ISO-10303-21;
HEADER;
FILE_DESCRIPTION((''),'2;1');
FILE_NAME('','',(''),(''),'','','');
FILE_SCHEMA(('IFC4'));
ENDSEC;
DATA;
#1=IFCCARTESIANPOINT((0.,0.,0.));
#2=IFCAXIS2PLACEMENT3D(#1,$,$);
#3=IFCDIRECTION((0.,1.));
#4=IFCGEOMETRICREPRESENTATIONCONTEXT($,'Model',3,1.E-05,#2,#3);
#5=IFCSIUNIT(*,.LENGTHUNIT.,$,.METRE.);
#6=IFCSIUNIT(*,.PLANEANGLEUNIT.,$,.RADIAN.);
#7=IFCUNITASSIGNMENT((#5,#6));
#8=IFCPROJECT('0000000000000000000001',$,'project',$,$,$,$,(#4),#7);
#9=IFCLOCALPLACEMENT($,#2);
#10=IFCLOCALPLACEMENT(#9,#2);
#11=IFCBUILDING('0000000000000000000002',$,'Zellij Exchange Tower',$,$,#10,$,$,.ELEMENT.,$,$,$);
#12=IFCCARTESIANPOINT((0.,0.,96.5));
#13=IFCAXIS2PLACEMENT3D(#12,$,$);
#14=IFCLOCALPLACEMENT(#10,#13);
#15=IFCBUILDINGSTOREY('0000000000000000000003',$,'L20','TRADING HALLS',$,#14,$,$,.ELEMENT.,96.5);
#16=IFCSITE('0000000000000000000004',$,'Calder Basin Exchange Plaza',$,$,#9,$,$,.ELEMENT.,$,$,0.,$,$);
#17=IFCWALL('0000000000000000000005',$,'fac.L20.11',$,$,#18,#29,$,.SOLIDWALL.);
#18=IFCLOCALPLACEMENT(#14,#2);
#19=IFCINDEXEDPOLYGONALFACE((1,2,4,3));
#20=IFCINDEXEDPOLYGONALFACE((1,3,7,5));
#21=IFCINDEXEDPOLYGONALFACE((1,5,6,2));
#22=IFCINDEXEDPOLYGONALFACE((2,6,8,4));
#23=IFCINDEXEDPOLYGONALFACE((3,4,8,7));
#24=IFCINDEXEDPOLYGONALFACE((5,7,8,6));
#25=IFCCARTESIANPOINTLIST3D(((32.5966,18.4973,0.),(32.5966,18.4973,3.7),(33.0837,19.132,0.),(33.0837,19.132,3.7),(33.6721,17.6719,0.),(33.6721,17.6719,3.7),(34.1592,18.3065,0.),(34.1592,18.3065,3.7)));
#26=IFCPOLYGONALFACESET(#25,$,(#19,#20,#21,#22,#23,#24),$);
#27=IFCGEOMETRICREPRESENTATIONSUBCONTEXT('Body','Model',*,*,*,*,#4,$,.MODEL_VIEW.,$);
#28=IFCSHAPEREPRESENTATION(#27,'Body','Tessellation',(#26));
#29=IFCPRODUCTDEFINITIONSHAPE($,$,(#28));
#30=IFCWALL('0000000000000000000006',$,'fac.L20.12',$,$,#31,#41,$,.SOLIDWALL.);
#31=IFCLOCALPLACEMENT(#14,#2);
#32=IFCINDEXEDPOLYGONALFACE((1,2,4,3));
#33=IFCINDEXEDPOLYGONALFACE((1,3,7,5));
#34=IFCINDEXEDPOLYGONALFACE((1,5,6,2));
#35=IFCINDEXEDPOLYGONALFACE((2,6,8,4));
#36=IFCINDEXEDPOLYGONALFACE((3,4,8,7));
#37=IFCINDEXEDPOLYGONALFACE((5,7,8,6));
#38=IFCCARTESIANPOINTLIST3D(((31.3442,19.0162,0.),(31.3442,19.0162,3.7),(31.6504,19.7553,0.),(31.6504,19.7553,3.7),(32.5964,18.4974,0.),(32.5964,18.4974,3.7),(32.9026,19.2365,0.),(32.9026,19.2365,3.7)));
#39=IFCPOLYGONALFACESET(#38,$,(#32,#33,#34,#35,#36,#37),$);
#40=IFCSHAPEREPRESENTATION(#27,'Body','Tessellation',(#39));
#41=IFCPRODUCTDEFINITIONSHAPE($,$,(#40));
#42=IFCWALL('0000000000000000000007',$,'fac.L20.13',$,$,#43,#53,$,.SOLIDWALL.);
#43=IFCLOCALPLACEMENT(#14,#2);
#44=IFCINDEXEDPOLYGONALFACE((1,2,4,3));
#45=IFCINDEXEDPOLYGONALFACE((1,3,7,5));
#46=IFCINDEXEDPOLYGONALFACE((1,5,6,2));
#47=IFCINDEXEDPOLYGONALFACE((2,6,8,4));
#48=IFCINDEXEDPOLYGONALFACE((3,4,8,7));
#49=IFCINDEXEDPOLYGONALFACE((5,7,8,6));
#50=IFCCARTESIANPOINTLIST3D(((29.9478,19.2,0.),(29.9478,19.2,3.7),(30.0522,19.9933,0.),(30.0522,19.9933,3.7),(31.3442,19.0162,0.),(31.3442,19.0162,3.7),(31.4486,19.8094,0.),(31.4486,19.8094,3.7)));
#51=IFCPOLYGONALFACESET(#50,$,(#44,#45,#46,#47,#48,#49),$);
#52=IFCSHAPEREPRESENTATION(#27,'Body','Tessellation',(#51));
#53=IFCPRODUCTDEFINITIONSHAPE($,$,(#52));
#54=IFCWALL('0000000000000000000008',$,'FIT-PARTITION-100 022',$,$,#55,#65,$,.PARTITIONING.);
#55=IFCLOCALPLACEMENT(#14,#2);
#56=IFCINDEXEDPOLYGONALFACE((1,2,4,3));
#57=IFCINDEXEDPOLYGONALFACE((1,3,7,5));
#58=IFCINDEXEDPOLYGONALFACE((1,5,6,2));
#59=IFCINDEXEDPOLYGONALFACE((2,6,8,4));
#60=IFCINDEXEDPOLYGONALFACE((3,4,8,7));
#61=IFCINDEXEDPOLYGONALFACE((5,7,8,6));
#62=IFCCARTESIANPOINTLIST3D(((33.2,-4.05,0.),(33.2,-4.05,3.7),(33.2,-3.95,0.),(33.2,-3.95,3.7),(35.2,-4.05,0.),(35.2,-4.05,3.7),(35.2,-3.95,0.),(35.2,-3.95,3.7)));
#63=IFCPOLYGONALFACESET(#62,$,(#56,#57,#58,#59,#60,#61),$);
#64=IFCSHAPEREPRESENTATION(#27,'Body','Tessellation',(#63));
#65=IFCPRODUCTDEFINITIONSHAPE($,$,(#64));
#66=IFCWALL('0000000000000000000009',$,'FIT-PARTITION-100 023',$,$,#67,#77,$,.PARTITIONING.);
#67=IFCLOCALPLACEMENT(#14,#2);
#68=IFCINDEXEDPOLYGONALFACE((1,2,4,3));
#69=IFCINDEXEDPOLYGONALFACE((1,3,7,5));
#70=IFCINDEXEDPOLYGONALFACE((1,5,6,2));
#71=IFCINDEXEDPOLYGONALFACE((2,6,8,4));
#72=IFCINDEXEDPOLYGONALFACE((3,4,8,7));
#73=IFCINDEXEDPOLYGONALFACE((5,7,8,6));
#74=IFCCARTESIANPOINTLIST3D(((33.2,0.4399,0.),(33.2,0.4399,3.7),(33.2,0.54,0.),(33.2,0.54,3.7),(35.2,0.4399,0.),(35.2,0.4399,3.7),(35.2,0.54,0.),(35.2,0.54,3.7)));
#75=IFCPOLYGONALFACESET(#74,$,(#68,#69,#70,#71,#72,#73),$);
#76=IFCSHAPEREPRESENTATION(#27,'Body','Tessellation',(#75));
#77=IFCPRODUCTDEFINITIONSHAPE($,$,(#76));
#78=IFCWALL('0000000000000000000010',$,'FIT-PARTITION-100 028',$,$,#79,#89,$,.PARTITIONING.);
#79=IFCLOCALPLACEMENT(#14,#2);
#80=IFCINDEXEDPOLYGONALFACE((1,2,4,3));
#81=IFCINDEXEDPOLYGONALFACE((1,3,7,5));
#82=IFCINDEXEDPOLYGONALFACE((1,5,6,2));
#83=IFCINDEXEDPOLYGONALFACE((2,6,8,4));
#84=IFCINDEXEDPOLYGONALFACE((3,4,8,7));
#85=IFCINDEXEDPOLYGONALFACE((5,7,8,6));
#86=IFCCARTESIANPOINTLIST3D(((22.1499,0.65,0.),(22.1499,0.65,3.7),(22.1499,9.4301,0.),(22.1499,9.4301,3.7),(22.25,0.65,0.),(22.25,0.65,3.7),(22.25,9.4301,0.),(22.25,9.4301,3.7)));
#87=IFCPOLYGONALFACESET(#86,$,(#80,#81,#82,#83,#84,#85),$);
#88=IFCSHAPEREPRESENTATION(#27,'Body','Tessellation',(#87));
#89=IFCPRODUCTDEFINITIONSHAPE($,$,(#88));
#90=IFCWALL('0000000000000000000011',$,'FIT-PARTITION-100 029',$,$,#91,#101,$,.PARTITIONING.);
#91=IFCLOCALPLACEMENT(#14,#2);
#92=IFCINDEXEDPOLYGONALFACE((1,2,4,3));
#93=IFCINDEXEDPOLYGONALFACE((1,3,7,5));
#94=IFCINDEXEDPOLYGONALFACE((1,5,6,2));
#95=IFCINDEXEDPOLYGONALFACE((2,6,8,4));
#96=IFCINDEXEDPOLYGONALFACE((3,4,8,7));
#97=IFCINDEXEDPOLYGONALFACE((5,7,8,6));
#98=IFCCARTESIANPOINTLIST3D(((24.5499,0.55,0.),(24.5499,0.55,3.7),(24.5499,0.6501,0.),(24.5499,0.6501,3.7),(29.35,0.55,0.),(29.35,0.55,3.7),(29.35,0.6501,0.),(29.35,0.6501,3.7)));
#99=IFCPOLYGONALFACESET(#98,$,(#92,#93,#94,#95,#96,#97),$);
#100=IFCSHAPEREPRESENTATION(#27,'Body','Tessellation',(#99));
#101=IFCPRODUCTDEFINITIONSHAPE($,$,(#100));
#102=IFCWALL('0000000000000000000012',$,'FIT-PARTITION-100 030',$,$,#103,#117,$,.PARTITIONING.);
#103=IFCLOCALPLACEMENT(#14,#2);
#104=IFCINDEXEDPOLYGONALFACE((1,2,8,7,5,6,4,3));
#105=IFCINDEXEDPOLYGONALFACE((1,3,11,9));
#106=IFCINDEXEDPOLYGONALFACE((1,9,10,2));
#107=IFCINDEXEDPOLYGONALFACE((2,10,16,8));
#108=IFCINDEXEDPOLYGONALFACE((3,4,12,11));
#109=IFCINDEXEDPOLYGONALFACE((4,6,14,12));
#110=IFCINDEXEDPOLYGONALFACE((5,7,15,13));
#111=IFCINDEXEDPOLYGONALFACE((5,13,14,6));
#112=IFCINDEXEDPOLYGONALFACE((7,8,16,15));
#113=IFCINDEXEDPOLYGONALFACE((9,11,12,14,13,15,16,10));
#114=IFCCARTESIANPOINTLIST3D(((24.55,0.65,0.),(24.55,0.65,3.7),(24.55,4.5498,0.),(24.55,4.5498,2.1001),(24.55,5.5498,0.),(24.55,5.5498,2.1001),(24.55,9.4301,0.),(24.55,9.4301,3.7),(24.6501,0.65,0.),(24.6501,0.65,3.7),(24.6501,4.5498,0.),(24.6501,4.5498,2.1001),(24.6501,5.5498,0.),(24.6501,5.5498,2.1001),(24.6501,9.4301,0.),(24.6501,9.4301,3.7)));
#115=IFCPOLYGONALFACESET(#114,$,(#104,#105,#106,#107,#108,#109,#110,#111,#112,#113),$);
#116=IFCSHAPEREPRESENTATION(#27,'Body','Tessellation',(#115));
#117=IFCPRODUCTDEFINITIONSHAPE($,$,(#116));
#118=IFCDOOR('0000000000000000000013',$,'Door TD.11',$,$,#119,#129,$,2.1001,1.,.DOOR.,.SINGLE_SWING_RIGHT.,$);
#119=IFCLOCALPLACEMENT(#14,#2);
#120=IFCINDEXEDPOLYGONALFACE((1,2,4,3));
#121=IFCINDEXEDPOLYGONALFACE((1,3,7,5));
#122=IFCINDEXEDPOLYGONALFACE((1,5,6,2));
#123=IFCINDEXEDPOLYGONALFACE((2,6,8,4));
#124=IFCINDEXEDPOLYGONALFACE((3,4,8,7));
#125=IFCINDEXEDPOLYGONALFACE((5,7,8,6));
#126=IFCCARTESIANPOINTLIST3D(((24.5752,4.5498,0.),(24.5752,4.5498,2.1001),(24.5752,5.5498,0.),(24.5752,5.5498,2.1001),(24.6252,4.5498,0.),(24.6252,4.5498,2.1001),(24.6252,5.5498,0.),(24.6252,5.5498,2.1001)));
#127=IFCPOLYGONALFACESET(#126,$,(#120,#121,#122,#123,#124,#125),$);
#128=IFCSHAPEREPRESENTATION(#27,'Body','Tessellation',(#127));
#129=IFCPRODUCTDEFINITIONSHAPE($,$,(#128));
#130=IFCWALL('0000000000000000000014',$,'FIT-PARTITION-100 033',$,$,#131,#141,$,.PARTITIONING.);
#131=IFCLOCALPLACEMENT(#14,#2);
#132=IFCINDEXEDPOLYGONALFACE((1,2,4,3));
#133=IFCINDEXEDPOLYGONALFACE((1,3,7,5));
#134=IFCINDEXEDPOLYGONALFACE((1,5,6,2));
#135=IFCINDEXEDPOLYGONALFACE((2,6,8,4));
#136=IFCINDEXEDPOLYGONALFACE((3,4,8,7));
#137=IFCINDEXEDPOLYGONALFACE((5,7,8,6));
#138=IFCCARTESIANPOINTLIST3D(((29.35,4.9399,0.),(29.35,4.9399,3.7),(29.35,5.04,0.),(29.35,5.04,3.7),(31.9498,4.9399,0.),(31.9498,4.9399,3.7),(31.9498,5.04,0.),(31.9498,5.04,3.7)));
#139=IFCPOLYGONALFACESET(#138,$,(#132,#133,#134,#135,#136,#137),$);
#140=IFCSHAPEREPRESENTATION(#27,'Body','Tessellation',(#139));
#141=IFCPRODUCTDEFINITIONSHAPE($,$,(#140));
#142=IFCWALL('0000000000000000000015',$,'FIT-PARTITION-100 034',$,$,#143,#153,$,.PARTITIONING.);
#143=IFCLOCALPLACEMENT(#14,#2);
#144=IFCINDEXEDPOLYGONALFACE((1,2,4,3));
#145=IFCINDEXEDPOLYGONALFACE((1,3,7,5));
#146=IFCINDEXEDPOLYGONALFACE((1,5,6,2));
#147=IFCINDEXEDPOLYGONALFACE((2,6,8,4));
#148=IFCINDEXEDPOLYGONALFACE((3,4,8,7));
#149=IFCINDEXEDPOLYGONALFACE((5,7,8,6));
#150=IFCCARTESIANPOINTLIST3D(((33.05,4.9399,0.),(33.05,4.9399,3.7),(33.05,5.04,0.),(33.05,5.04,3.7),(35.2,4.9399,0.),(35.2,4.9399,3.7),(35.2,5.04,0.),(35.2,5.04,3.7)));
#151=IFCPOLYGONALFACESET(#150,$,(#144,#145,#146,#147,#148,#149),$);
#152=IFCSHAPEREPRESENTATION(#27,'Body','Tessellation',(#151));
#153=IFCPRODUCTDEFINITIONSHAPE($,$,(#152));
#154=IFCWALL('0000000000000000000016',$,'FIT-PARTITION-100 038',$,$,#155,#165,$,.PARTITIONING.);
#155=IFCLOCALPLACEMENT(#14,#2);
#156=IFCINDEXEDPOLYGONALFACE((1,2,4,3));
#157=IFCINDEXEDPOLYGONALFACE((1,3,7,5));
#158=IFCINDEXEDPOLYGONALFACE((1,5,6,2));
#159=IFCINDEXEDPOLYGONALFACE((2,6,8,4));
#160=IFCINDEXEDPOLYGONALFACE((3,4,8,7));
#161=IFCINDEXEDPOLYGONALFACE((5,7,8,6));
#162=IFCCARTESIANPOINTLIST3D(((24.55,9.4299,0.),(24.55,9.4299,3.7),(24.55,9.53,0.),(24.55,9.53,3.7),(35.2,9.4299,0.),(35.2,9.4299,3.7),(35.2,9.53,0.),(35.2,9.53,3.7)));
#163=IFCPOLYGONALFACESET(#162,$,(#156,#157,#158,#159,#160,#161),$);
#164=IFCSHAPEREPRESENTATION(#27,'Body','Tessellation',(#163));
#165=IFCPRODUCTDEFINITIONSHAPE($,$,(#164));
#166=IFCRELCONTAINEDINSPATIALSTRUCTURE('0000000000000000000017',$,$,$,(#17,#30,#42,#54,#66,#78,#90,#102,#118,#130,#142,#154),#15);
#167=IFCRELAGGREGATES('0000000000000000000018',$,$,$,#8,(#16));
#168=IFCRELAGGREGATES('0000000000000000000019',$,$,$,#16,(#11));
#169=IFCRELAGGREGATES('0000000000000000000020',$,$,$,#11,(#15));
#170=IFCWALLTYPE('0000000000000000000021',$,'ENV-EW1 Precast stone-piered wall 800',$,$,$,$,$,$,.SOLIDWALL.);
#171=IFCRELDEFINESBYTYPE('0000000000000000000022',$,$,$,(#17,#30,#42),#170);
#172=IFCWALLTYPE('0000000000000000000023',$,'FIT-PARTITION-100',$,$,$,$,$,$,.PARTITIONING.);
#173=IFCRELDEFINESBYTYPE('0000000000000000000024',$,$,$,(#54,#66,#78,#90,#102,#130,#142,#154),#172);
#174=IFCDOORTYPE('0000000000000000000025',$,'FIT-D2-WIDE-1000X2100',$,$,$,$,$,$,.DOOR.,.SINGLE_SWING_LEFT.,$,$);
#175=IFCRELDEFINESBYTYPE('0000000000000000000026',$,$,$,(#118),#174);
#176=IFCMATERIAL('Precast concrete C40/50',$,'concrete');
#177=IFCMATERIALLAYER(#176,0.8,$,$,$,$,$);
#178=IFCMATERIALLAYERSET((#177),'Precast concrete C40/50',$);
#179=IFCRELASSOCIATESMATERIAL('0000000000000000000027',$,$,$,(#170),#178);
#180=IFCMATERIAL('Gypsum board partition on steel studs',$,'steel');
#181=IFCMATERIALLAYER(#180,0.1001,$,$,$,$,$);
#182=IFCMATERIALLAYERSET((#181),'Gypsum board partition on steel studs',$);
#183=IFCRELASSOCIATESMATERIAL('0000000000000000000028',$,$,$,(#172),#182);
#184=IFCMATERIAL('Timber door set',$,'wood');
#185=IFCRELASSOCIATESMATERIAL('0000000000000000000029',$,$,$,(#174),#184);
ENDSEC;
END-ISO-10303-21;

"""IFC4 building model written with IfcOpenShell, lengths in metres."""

from ifc_helpers import new_model, si_unit, direction, frame, frame_2d, origin, place, context, subcontext, project, spatial, rectangle, extrude, material, layer, layer_set, type_object, element, fill, save


model = new_model("IFC4")

# Units and contexts
model_context = context("Model", 3, precision=1e-05, world=origin(), true_north=direction((0.0, 1.0)))
body_context = subcontext(model_context, "Body", "Model", "MODEL_VIEW")
ifc_project = project(units=[si_unit("LENGTHUNIT", "METRE"), si_unit("PLANEANGLEUNIT", "RADIAN")], contexts=[model_context])

# Site, building, storey
site_placement = place(None, origin())
site = spatial("IfcSite", under=ifc_project, at=site_placement, Name="Calder Basin Exchange Plaza", CompositionType="ELEMENT", RefElevation=0.0)
building_placement = place(site_placement, origin())
building = spatial("IfcBuilding", under=site, at=building_placement, Name="Zellij Exchange Tower", CompositionType="ELEMENT")
storey_placement = place(building_placement, frame((0.0, 0.0, 96.5)))
storey = spatial("IfcBuildingStorey", under=building, at=storey_placement, Name="L20", Description="TRADING HALLS", CompositionType="ELEMENT", Elevation=96.5)

# Walls
ifc_material_1 = material(Name="Precast concrete C40/50", Category="concrete")
ifc_layer_1 = layer(ifc_material_1, 0.8)
ifc_layer_set_1 = layer_set([ifc_layer_1], Name="Precast concrete C40/50")
wall_type_1 = type_object("IfcWallType", Name="ENV-EW1 Precast stone-piered wall 800", PredefinedType="SOLIDWALL", material=ifc_layer_set_1)
for number, where, z_axis, x_axis, name in (
    (1, (33.9155, 17.9893, 0.0), (0.0, 0.0, 1.0), (-0.793273, 0.608866, 0.0), "fac.L20.11"),
):
    element("IfcWall", number, at=place(storey_placement, frame(where, z_axis=z_axis, x_axis=x_axis)), inside=storey, type_object=wall_type_1, Name=name, PredefinedType="SOLIDWALL", context=body_context, shape_type="SweptSolid", body=[
        extrude(rectangle(XDim=1.3557, YDim=0.8, at=frame_2d((0.6777, 0.0))), origin(), (0.0, 0.0, 1.0), 3.7),
    ])
wall_1_placement = place(storey_placement, frame((32.7495, 18.8669, 0.0), z_axis=(0.0, 0.0, 1.0), x_axis=(-0.923848, 0.38276, 0.0)))
element("IfcWall", 2, at=wall_1_placement, inside=storey, type_object=wall_type_1, Name="fac.L20.12", PredefinedType="SOLIDWALL", context=body_context, shape_type="SweptSolid", body=[
    extrude(rectangle(XDim=1.3555, YDim=0.8, at=frame_2d((0.6777, 0.0))), origin(), (0.0, 0.0, 1.0), 3.7),
])
wall_2_placement = place(storey_placement, frame((31.3962, 19.4128, 0.0), z_axis=(0.0, 0.0, 1.0), x_axis=(-0.991446, 0.130517, 0.0)))
element("IfcWall", 3, at=wall_2_placement, inside=storey, type_object=wall_type_1, Name="fac.L20.13", PredefinedType="SOLIDWALL", context=body_context, shape_type="SweptSolid", body=[
    extrude(rectangle(XDim=1.4084, YDim=0.8, at=frame_2d((0.7041, 0.0))), origin(), (0.0, 0.0, 1.0), 3.7),
])
ifc_material_2 = material(Name="Gypsum board partition on steel studs", Category="steel")
ifc_layer_2 = layer(ifc_material_2, 0.1001)
ifc_layer_set_2 = layer_set([ifc_layer_2], Name="Gypsum board partition on steel studs")
wall_type_2 = type_object("IfcWallType", Name="FIT-PARTITION-100", PredefinedType="PARTITIONING", material=ifc_layer_set_2)
for number, where, z_axis, x_axis, name in (
    (4, (33.2, -4.0, 0.0), (0.0, 0.0, 1.0), (1.0, 0.0, 0.0), "FIT-PARTITION-100 022"),
    (5, (33.2, 0.49, 0.0), (0.0, 0.0, 1.0), (1.0, 0.0, 0.0), "FIT-PARTITION-100 023"),
):
    element("IfcWall", number, at=place(storey_placement, frame(where, z_axis=z_axis, x_axis=x_axis)), inside=storey, type_object=wall_type_2, Name=name, PredefinedType="PARTITIONING", context=body_context, shape_type="SweptSolid", body=[
        extrude(rectangle(XDim=2.0, YDim=0.1001, at=frame_2d((1.0, 0.0))), origin(), (0.0, 0.0, 1.0), 3.7),
    ])
wall_3_placement = place(storey_placement, frame((22.2, 0.6499, 0.0), z_axis=(0.0, 0.0, 1.0), x_axis=(0.0, 1.0, 0.0)))
element("IfcWall", 6, at=wall_3_placement, inside=storey, type_object=wall_type_2, Name="FIT-PARTITION-100 028", PredefinedType="PARTITIONING", context=body_context, shape_type="SweptSolid", body=[
    extrude(rectangle(XDim=8.78, YDim=0.1001, at=frame_2d((4.3901, 0.0))), origin(), (0.0, 0.0, 1.0), 3.7),
])
wall_4_placement = place(storey_placement, frame((24.55, 0.6001, 0.0), z_axis=(0.0, 0.0, 1.0), x_axis=(1.0, 0.0, 0.0)))
element("IfcWall", 7, at=wall_4_placement, inside=storey, type_object=wall_type_2, Name="FIT-PARTITION-100 029", PredefinedType="PARTITIONING", context=body_context, shape_type="SweptSolid", body=[
    extrude(rectangle(XDim=4.8, YDim=0.1001, at=frame_2d((2.3999, 0.0))), origin(), (0.0, 0.0, 1.0), 3.7),
])

# Wall, opening, door
wall_5_placement = place(storey_placement, frame((24.6001, 0.6499, 0.0), z_axis=(0.0, 0.0, 1.0), x_axis=(0.0, 1.0, 0.0)))
wall_5 = element("IfcWall", 8, at=wall_5_placement, inside=storey, type_object=wall_type_2, Name="FIT-PARTITION-100 030", PredefinedType="PARTITIONING", context=body_context, shape_type="SweptSolid", body=[
    extrude(rectangle(XDim=8.78, YDim=0.1001, at=frame_2d((4.3901, 0.0))), origin(), (0.0, 0.0, 1.0), 3.7),
])
opening_1_placement = place(wall_5_placement, frame((3.8999, 0.0, 0.0)))
opening_1 = element("IfcOpeningElement", 9, at=opening_1_placement, cuts=wall_5, PredefinedType="OPENING", context=body_context, shape_type="SweptSolid", body=[
    extrude(rectangle(XDim=1.0, YDim=2.1001, at=frame_2d((0.5, 1.05))), frame((0.0, 0.062, 0.0), z_axis=(0.0, -1.0, 0.0), x_axis=(1.0, 0.0, 0.0)), (0.0, 0.0, 1.0), 0.124),
])
ifc_material_3 = material(Name="Timber door set", Category="wood")
door_type_1 = type_object("IfcDoorType", Name="FIT-D2-WIDE-1000X2100", OperationType="SINGLE_SWING_LEFT", PredefinedType="DOOR", material=ifc_material_3)
door_1_placement = place(opening_1_placement, origin())
door_1 = element("IfcDoor", 10, at=door_1_placement, inside=storey, type_object=door_type_1, Name="Door TD.11", OperationType="SINGLE_SWING_RIGHT", OverallHeight=2.1001, OverallWidth=1.0, PredefinedType="DOOR", context=body_context, shape_type="SweptSolid", body=[
    extrude(rectangle(XDim=1.0, YDim=2.1001, at=frame_2d((0.5, 1.05))), frame((0.0, 0.0249, 0.0), z_axis=(0.0, -1.0, 0.0), x_axis=(1.0, 0.0, 0.0)), (0.0, 0.0, 1.0), 0.05),
])
fill(opening_1, door_1)

# Walls
wall_6_placement = place(storey_placement, frame((29.3501, 4.99, 0.0), z_axis=(0.0, 0.0, 1.0), x_axis=(1.0, 0.0, 0.0)))
element("IfcWall", 11, at=wall_6_placement, inside=storey, type_object=wall_type_2, Name="FIT-PARTITION-100 033", PredefinedType="PARTITIONING", context=body_context, shape_type="SweptSolid", body=[
    extrude(rectangle(XDim=2.5999, YDim=0.1001, at=frame_2d((1.2998, 0.0))), origin(), (0.0, 0.0, 1.0), 3.7),
])
wall_7_placement = place(storey_placement, frame((33.05, 4.99, 0.0), z_axis=(0.0, 0.0, 1.0), x_axis=(1.0, 0.0, 0.0)))
element("IfcWall", 12, at=wall_7_placement, inside=storey, type_object=wall_type_2, Name="FIT-PARTITION-100 034", PredefinedType="PARTITIONING", context=body_context, shape_type="SweptSolid", body=[
    extrude(rectangle(XDim=2.1499, YDim=0.1001, at=frame_2d((1.075, 0.0))), origin(), (0.0, 0.0, 1.0), 3.7),
])
wall_8_placement = place(storey_placement, frame((24.55, 9.48, 0.0), z_axis=(0.0, 0.0, 1.0), x_axis=(1.0, 0.0, 0.0)))
element("IfcWall", 13, at=wall_8_placement, inside=storey, type_object=wall_type_2, Name="FIT-PARTITION-100 038", PredefinedType="PARTITIONING", context=body_context, shape_type="SweptSolid", body=[
    extrude(rectangle(XDim=10.6499, YDim=0.1001, at=frame_2d((5.325, 0.0))), origin(), (0.0, 0.0, 1.0), 3.7),
])

save(model, "model.ifc")
